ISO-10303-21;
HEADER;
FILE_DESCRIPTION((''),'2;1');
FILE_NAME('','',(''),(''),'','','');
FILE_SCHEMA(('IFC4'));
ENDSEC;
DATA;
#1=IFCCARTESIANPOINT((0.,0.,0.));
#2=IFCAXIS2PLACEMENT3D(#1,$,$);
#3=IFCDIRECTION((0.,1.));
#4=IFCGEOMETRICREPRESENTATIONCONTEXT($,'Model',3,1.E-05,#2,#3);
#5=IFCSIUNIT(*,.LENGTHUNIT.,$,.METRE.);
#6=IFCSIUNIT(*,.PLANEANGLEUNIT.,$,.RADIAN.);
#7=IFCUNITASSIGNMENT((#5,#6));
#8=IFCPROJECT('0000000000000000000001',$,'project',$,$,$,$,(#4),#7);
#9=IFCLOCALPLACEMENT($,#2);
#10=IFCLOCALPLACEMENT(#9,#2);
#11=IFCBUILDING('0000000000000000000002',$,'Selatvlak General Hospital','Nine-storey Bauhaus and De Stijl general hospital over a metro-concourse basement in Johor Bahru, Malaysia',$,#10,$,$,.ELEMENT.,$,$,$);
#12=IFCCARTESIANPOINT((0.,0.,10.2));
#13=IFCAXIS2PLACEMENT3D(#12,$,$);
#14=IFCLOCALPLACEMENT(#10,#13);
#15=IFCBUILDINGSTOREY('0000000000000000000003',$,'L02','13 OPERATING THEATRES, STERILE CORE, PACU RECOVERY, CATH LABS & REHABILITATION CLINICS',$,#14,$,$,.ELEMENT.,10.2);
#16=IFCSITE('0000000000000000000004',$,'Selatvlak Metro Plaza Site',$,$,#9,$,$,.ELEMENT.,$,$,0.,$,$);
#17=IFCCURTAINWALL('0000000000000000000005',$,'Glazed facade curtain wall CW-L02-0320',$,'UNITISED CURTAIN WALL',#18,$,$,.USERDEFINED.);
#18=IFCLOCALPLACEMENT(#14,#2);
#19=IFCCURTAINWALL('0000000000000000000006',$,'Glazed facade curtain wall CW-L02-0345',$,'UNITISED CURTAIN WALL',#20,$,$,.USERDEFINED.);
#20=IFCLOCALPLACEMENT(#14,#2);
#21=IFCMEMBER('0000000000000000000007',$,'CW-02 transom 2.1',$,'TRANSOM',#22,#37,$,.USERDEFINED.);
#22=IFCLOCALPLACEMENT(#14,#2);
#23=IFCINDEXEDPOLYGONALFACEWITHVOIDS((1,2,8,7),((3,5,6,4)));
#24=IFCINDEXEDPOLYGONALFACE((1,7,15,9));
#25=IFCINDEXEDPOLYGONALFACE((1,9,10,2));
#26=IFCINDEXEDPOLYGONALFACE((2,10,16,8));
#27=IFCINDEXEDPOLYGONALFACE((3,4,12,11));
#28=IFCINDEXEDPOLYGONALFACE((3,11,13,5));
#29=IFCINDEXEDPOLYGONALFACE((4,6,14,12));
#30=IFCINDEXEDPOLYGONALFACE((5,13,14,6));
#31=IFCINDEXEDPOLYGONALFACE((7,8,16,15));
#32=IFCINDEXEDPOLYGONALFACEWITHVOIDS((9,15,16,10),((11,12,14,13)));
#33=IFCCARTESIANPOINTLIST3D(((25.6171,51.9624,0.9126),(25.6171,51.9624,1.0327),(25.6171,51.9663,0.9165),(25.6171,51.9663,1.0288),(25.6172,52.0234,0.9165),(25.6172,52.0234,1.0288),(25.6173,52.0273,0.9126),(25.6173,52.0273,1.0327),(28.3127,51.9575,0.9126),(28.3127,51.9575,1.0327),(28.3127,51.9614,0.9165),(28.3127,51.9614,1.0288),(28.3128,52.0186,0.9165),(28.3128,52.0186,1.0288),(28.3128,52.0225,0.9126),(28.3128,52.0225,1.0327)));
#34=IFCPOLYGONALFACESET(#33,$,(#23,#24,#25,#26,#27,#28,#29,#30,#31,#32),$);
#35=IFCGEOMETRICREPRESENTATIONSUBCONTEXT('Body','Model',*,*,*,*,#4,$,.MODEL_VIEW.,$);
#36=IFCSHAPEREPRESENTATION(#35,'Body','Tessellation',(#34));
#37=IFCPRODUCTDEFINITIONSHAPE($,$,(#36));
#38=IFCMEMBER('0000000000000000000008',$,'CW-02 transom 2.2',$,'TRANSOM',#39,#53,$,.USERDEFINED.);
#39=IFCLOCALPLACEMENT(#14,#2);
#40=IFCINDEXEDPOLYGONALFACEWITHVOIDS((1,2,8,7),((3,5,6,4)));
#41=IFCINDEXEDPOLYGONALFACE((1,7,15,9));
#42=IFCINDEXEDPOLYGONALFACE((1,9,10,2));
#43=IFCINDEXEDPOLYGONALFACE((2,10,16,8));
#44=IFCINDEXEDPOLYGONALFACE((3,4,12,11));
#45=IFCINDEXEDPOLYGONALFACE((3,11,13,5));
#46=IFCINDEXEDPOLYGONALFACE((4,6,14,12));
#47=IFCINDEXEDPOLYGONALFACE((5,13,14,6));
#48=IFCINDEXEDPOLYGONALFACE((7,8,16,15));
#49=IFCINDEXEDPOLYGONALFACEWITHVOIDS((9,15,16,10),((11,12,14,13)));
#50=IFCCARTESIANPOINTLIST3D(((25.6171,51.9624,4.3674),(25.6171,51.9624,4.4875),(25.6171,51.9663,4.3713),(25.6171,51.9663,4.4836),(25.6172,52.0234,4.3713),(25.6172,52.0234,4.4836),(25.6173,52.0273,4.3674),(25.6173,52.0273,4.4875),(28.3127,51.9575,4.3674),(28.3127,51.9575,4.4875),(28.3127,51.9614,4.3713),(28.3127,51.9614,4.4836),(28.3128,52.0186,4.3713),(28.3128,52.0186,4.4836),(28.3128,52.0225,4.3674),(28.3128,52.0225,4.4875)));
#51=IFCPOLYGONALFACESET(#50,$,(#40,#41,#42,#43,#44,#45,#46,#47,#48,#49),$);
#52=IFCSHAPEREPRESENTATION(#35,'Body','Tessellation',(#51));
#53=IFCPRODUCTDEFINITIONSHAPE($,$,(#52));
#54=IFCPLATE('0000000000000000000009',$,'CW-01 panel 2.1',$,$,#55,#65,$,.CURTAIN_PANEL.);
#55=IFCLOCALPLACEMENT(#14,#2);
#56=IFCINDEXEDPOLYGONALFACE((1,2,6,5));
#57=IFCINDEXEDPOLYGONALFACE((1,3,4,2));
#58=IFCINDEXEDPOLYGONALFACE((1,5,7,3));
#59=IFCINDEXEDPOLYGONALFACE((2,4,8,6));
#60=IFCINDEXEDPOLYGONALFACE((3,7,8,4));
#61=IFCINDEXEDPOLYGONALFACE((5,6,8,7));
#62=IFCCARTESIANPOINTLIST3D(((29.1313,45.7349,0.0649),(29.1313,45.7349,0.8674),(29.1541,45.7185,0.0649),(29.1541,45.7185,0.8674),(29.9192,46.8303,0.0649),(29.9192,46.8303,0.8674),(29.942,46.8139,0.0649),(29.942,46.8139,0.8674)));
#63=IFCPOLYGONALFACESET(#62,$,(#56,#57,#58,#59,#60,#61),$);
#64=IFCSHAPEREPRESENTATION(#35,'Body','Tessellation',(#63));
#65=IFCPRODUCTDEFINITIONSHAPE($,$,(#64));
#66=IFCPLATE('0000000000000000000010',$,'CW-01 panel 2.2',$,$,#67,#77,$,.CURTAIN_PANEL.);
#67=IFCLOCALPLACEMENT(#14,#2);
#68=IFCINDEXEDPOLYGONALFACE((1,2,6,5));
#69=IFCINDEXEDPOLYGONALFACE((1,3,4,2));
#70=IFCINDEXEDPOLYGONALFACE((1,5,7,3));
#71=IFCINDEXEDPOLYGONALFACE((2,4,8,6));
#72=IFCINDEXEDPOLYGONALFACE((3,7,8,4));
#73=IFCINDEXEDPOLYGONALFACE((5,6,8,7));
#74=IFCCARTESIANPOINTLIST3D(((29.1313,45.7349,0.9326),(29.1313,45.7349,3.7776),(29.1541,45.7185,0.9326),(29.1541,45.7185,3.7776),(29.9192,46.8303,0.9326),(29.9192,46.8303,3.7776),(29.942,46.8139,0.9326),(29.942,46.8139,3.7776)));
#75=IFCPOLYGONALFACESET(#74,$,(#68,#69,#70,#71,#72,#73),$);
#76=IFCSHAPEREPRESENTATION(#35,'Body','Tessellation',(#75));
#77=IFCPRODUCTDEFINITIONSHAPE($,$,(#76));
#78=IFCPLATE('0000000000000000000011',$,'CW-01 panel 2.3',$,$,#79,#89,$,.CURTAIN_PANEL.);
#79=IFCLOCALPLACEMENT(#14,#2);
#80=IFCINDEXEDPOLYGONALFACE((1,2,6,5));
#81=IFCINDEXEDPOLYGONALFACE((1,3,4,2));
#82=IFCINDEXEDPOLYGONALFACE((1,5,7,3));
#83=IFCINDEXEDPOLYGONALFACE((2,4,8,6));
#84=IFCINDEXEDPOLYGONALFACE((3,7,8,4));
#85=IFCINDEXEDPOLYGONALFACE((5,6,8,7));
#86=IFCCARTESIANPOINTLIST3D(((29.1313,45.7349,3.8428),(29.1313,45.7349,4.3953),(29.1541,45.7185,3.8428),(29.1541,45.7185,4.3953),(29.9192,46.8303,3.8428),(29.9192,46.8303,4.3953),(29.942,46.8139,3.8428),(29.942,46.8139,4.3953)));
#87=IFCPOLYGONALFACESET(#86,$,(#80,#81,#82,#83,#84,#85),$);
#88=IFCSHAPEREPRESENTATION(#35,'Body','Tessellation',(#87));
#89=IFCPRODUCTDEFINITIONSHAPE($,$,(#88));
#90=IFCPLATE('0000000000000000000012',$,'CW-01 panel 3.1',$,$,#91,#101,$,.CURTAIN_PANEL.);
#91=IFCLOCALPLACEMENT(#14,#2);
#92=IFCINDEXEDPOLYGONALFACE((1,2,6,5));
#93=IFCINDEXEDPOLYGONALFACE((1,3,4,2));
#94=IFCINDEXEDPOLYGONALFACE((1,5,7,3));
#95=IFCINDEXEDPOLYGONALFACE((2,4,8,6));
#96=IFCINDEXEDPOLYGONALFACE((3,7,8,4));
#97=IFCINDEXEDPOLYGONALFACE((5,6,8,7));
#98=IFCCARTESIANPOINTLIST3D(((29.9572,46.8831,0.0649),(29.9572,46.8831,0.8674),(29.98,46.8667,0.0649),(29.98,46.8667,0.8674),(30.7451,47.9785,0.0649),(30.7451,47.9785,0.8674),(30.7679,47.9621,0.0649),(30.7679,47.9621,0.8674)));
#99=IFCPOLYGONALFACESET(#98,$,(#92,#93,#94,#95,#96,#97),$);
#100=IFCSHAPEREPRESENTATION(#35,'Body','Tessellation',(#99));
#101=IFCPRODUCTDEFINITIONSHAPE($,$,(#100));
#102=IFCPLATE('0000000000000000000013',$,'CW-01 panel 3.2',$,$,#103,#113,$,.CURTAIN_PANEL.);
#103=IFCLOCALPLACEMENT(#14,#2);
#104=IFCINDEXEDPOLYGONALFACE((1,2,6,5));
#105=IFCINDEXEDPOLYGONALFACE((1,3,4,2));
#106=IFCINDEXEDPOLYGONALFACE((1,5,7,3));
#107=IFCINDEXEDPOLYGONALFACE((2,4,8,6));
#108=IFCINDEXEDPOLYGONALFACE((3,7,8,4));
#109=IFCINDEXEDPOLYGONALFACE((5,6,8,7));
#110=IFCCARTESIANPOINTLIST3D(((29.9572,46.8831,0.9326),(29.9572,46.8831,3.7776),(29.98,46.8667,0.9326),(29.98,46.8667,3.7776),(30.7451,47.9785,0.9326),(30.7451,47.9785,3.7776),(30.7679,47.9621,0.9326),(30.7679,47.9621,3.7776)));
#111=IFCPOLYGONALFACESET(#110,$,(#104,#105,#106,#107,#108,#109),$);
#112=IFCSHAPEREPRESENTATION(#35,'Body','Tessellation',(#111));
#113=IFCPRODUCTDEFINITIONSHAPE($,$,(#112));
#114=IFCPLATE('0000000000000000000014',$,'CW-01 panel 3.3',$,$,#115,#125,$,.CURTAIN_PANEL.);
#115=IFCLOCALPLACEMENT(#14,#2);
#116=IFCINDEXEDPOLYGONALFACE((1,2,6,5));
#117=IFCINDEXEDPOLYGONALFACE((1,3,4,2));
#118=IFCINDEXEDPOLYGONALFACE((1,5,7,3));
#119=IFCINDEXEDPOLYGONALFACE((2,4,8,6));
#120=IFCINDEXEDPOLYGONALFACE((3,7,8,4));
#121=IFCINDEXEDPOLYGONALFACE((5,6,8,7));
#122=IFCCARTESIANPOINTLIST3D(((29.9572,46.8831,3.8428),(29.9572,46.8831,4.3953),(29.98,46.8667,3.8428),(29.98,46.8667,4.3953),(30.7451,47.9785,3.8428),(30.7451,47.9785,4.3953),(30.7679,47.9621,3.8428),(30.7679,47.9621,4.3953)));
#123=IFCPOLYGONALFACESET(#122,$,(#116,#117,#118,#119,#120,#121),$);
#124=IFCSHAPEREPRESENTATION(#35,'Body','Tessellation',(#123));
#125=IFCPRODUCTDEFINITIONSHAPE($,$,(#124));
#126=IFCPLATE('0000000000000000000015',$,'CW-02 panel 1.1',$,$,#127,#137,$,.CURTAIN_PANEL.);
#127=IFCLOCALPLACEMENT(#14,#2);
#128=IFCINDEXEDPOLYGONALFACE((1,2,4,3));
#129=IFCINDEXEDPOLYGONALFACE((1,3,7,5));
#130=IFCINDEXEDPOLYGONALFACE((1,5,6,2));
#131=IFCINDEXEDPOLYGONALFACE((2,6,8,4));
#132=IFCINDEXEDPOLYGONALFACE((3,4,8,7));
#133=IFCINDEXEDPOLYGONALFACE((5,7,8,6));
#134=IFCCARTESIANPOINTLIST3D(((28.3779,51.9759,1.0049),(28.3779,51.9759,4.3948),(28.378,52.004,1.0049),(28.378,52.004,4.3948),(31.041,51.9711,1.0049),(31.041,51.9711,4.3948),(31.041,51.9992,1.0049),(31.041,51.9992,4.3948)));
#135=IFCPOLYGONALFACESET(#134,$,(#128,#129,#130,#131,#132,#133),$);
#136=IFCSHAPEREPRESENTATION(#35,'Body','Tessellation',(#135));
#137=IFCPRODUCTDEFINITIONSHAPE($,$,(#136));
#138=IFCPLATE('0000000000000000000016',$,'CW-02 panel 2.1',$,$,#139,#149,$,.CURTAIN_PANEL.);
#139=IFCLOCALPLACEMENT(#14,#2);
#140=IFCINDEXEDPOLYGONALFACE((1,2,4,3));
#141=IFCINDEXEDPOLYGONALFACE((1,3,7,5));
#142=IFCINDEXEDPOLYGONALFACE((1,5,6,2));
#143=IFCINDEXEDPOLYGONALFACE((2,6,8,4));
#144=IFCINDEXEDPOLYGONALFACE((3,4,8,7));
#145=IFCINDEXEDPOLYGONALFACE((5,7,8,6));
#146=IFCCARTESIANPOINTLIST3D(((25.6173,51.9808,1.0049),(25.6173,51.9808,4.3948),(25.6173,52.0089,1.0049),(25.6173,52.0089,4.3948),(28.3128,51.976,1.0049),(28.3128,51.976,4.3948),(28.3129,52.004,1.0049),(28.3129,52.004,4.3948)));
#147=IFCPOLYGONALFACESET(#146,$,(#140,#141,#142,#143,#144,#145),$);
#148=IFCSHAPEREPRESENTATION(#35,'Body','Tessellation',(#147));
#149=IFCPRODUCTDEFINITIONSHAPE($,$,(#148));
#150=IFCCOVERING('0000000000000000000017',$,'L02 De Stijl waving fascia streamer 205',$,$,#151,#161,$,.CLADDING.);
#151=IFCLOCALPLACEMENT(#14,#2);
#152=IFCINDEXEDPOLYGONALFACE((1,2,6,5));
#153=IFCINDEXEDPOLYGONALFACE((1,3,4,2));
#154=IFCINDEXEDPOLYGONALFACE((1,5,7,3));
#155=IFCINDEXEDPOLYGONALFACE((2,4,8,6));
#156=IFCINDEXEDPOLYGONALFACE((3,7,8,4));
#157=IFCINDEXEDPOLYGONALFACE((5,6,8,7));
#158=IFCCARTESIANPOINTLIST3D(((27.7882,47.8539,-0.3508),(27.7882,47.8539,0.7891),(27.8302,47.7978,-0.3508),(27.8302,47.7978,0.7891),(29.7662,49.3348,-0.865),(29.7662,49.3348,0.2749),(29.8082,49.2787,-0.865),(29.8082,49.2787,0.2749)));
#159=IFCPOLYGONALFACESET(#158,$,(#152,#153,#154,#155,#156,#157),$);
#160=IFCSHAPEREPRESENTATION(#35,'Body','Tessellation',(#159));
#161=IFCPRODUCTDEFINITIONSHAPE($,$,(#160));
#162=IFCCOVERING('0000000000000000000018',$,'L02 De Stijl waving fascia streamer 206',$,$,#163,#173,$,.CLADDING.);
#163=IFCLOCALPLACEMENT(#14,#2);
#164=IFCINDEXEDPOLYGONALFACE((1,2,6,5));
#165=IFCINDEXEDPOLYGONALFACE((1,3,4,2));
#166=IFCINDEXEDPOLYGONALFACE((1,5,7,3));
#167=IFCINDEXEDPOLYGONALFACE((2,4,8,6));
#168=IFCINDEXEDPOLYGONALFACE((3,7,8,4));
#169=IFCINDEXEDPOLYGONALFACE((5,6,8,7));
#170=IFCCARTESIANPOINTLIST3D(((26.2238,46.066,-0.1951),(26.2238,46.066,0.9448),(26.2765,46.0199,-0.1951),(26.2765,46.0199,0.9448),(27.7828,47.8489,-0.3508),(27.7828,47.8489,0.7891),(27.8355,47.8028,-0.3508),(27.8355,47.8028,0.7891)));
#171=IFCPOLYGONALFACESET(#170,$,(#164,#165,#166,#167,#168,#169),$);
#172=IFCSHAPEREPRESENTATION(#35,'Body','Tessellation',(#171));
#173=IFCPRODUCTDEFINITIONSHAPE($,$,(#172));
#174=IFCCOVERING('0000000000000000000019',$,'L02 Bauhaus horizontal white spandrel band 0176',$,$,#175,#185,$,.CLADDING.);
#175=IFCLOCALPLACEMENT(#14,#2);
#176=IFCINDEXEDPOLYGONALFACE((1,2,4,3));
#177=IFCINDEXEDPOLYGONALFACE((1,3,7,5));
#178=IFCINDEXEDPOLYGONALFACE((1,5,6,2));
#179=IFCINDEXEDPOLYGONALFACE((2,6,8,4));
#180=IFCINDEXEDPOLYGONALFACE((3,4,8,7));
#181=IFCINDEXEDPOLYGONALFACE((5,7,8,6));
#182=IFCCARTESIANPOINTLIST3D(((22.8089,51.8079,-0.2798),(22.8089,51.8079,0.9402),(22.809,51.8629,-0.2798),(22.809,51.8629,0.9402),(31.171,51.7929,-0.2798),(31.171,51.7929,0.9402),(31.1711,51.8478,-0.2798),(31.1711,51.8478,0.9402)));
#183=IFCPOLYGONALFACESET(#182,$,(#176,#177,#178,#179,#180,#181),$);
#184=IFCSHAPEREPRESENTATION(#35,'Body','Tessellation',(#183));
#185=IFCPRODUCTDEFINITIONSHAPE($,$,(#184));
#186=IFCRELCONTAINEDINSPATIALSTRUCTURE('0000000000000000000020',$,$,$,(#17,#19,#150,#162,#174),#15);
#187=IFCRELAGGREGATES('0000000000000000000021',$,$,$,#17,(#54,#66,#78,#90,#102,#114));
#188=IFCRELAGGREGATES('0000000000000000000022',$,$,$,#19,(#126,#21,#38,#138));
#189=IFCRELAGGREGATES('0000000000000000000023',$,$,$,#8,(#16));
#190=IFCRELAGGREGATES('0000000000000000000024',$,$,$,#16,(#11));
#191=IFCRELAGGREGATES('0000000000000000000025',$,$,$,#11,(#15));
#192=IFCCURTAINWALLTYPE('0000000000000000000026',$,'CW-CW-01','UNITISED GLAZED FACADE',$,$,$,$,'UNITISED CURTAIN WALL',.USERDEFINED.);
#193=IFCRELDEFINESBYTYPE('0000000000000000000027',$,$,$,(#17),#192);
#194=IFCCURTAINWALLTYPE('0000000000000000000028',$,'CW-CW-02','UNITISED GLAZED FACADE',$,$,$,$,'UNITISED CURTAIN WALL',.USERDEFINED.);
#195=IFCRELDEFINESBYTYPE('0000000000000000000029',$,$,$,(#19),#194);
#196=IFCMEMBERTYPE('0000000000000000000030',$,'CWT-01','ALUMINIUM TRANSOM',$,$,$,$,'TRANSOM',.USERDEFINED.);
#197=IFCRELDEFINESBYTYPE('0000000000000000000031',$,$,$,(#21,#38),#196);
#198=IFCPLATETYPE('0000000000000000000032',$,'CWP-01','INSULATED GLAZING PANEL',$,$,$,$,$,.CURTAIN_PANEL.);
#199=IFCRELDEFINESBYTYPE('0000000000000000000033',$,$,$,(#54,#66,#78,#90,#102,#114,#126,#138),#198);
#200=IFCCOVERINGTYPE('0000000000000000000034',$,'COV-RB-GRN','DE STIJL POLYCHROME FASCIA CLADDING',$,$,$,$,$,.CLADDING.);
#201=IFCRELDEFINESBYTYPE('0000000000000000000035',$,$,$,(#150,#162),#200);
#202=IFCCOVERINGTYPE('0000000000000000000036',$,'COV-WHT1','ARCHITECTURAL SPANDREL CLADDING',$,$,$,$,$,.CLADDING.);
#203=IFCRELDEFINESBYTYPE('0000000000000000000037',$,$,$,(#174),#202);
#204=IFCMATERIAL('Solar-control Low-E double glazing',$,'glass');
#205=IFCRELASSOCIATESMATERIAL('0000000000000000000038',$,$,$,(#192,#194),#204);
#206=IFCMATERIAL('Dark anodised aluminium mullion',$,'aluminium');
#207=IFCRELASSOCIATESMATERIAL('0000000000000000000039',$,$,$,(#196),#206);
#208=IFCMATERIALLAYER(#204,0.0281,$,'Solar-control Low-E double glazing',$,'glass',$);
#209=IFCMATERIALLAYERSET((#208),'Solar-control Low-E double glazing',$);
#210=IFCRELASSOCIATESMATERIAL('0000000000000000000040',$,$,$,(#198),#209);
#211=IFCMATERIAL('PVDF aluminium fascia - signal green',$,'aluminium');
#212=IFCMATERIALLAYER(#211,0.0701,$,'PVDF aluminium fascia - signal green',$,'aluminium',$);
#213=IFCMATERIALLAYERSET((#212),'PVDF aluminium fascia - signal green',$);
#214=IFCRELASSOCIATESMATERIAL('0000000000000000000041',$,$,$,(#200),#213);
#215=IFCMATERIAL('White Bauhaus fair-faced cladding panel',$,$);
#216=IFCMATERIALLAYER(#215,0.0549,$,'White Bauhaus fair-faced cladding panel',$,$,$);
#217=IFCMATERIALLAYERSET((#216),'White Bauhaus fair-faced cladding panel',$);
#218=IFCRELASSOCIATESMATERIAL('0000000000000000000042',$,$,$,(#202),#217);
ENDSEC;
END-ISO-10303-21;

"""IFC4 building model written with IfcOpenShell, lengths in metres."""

from ifc_helpers import new_model, si_unit, direction, frame, origin, origin_2d, place, context, subcontext, project, spatial, polyline, rectangle, hollow_rectangle, outline, extrude, material, layer, layer_set, material_profile, profile_set, type_object, element, aggregate, save


model = new_model("IFC4")

# Units and contexts
model_context = context("Model", 3, precision=1e-05, world=origin(), true_north=direction((0.0, 1.0)))
body_context = subcontext(model_context, "Body", "Model", "MODEL_VIEW")
ifc_project = project(units=[si_unit("LENGTHUNIT", "METRE"), si_unit("PLANEANGLEUNIT", "RADIAN")], contexts=[model_context])

# Site, building, storey
site_placement = place(None, origin())
site = spatial("IfcSite", under=ifc_project, at=site_placement, Name="Selatvlak Metro Plaza Site", CompositionType="ELEMENT", RefElevation=0.0)
building_placement = place(site_placement, origin())
building = spatial("IfcBuilding", under=site, at=building_placement, Name="Selatvlak General Hospital", Description="Nine-storey Bauhaus and De Stijl general hospital over a metro-concourse basement in Johor Bahru, Malaysia", CompositionType="ELEMENT")
storey_placement = place(building_placement, frame((0.0, 0.0, 10.2)))
storey = spatial("IfcBuildingStorey", under=building, at=storey_placement, Name="L02", Description="13 OPERATING THEATRES, STERILE CORE, PACU RECOVERY, CATH LABS & REHABILITATION CLINICS", CompositionType="ELEMENT", Elevation=10.2)

# Curtain wall
ifc_material_1 = material(Name="Solar-control Low-E double glazing", Category="glass")
curtain_wall_type_1 = type_object("IfcCurtainWallType", Name="CW-CW-01", Description="UNITISED GLAZED FACADE", ElementType="UNITISED CURTAIN WALL", PredefinedType="USERDEFINED", material=ifc_material_1)
curtain_wall_1_placement = place(storey_placement, origin())
curtain_wall_1 = element("IfcCurtainWall", 1, at=curtain_wall_1_placement, inside=storey, type_object=curtain_wall_type_1, Name="Glazed facade curtain wall CW-L02-0320", ObjectType="UNITISED CURTAIN WALL", PredefinedType="USERDEFINED")
ifc_material_2 = material(Name="Dark anodised aluminium mullion", Category="aluminium")

# Curtain wall
curtain_wall_type_2 = type_object("IfcCurtainWallType", Name="CW-CW-02", Description="UNITISED GLAZED FACADE", ElementType="UNITISED CURTAIN WALL", PredefinedType="USERDEFINED", material=ifc_material_1)
curtain_wall_2_placement = place(storey_placement, origin())
curtain_wall_2 = element("IfcCurtainWall", 2, at=curtain_wall_2_placement, inside=storey, type_object=curtain_wall_type_2, Name="Glazed facade curtain wall CW-L02-0345", ObjectType="UNITISED CURTAIN WALL", PredefinedType="USERDEFINED")

# Members
ifc_material_profile_1 = material_profile(ifc_material_2, hollow_rectangle(XDim=0.0649, YDim=0.1201, WallThickness=0.0039, at=origin_2d()), Name="AL-TRN 65x120x4")
ifc_profile_set_1 = profile_set([ifc_material_profile_1], Name="Dark anodised aluminium mullion")
member_type_1 = type_object("IfcMemberType", Name="CWT-01", Description="ALUMINIUM TRANSOM", ElementType="TRANSOM", PredefinedType="USERDEFINED", material=ifc_profile_set_1)
member_1_placement = place(storey_placement, frame((28.3127, 51.99, 0.9727), z_axis=(-0.999998, 0.001811, 0.0), x_axis=(-0.001811, -0.999998, 0.0)))
member_1 = element("IfcMember", 3, at=member_1_placement, type_object=member_type_1, Name="CW-02 transom 2.1", ObjectType="TRANSOM", PredefinedType="USERDEFINED", context=body_context, shape_type="SweptSolid", body=[
    extrude(hollow_rectangle(XDim=0.0649, YDim=0.1201, WallThickness=0.0039, at=origin_2d()), origin(), (0.0, 0.0, 1.0), 2.6956),
])
member_2_placement = place(storey_placement, frame((28.3127, 51.99, 4.4275), z_axis=(-0.999998, 0.001811, 0.0), x_axis=(-0.001811, -0.999998, 0.0)))
member_2 = element("IfcMember", 4, at=member_2_placement, type_object=member_type_1, Name="CW-02 transom 2.2", ObjectType="TRANSOM", PredefinedType="USERDEFINED", context=body_context, shape_type="SweptSolid", body=[
    extrude(hollow_rectangle(XDim=0.0649, YDim=0.1201, WallThickness=0.0039, at=origin_2d()), origin(), (0.0, 0.0, 1.0), 2.6956),
])

# Plates
ifc_layer_1 = layer(ifc_material_1, 0.0281, Name="Solar-control Low-E double glazing", Category="glass")
ifc_layer_set_1 = layer_set([ifc_layer_1], Name="Solar-control Low-E double glazing")
plate_type = type_object("IfcPlateType", Name="CWP-01", Description="INSULATED GLAZING PANEL", PredefinedType="CURTAIN_PANEL", material=ifc_layer_set_1)
plate_1_placement = place(storey_placement, frame((29.5366, 46.2744, 0.0649), z_axis=(0.0, 0.0, 1.0), x_axis=(0.583884, 0.811837, 0.0)))
plate_1 = element("IfcPlate", 5, at=plate_1_placement, type_object=plate_type, Name="CW-01 panel 2.1", PredefinedType="CURTAIN_PANEL", context=body_context, shape_type="SweptSolid", body=[
    extrude(rectangle(XDim=1.3494, YDim=0.0281, at=origin_2d()), origin(), (0.0, 0.0, 1.0), 0.8025),
])
plate_2_placement = place(storey_placement, frame((29.5366, 46.2744, 0.9326), z_axis=(0.0, 0.0, 1.0), x_axis=(0.583884, 0.811837, 0.0)))
plate_2 = element("IfcPlate", 6, at=plate_2_placement, type_object=plate_type, Name="CW-01 panel 2.2", PredefinedType="CURTAIN_PANEL", context=body_context, shape_type="SweptSolid", body=[
    extrude(rectangle(XDim=1.3494, YDim=0.0281, at=origin_2d()), origin(), (0.0, 0.0, 1.0), 2.845),
])
plate_3_placement = place(storey_placement, frame((29.5366, 46.2744, 3.8428), z_axis=(0.0, 0.0, 1.0), x_axis=(0.583884, 0.811837, 0.0)))
plate_3 = element("IfcPlate", 7, at=plate_3_placement, type_object=plate_type, Name="CW-01 panel 2.3", PredefinedType="CURTAIN_PANEL", context=body_context, shape_type="SweptSolid", body=[
    extrude(rectangle(XDim=1.3494, YDim=0.0281, at=origin_2d()), origin(), (0.0, 0.0, 1.0), 0.5525),
])
plate_4_placement = place(storey_placement, frame((30.3625, 47.4226, 0.0649), z_axis=(0.0, 0.0, 1.0), x_axis=(0.583884, 0.811837, 0.0)))
plate_4 = element("IfcPlate", 8, at=plate_4_placement, type_object=plate_type, Name="CW-01 panel 3.1", PredefinedType="CURTAIN_PANEL", context=body_context, shape_type="SweptSolid", body=[
    extrude(rectangle(XDim=1.3494, YDim=0.0281, at=origin_2d()), origin(), (0.0, 0.0, 1.0), 0.8025),
])
plate_5_placement = place(storey_placement, frame((30.3625, 47.4226, 0.9326), z_axis=(0.0, 0.0, 1.0), x_axis=(0.583884, 0.811837, 0.0)))
plate_5 = element("IfcPlate", 9, at=plate_5_placement, type_object=plate_type, Name="CW-01 panel 3.2", PredefinedType="CURTAIN_PANEL", context=body_context, shape_type="SweptSolid", body=[
    extrude(rectangle(XDim=1.3494, YDim=0.0281, at=origin_2d()), origin(), (0.0, 0.0, 1.0), 2.845),
])
plate_6_placement = place(storey_placement, frame((30.3625, 47.4226, 3.8428), z_axis=(0.0, 0.0, 1.0), x_axis=(0.583884, 0.811837, 0.0)))
plate_6 = element("IfcPlate", 10, at=plate_6_placement, type_object=plate_type, Name="CW-01 panel 3.3", PredefinedType="CURTAIN_PANEL", context=body_context, shape_type="SweptSolid", body=[
    extrude(rectangle(XDim=1.3494, YDim=0.0281, at=origin_2d()), origin(), (0.0, 0.0, 1.0), 0.5525),
])
aggregate(curtain_wall_1, [plate_1, plate_2, plate_3, plate_4, plate_5, plate_6])
plate_7_placement = place(storey_placement, frame((29.7095, 51.9875, 1.0049), z_axis=(0.0, 0.0, 1.0), x_axis=(-0.999998, 0.001811, 0.0)))
plate_7 = element("IfcPlate", 11, at=plate_7_placement, type_object=plate_type, Name="CW-02 panel 1.1", PredefinedType="CURTAIN_PANEL", context=body_context, shape_type="SweptSolid", body=[
    extrude(rectangle(XDim=2.6631, YDim=0.0281, at=origin_2d()), origin(), (0.0, 0.0, 1.0), 3.3899),
])
plate_8_placement = place(storey_placement, frame((26.9651, 51.9924, 1.0049), z_axis=(0.0, 0.0, 1.0), x_axis=(-0.999998, 0.001811, 0.0)))
plate_8 = element("IfcPlate", 12, at=plate_8_placement, type_object=plate_type, Name="CW-02 panel 2.1", PredefinedType="CURTAIN_PANEL", context=body_context, shape_type="SweptSolid", body=[
    extrude(rectangle(XDim=2.6956, YDim=0.0281, at=origin_2d()), origin(), (0.0, 0.0, 1.0), 3.3899),
])
aggregate(curtain_wall_2, [plate_7, member_1, member_2, plate_8])

# Coverings
ifc_material_3 = material(Name="PVDF aluminium fascia - signal green", Category="aluminium")
ifc_layer_2 = layer(ifc_material_3, 0.0701, Name="PVDF aluminium fascia - signal green", Category="aluminium")
ifc_layer_set_2 = layer_set([ifc_layer_2], Name="PVDF aluminium fascia - signal green")
covering_type_1 = type_object("IfcCoveringType", Name="COV-RB-GRN", Description="DE STIJL POLYCHROME FASCIA CLADDING", PredefinedType="CLADDING", material=ifc_layer_set_2)
covering_1_placement = place(storey_placement, frame((29.7871, 49.3069, -0.865), z_axis=(0.0, 0.0, 1.0), x_axis=(-0.800498, -0.599336, 0.0)))
element("IfcCovering", 13, at=covering_1_placement, inside=storey, type_object=covering_type_1, Name="L02 De Stijl waving fascia streamer 205", PredefinedType="CLADDING", context=body_context, shape_type="SweptSolid", body=[
    extrude(outline(polyline([(0.0, 0.0), (2.4709, 0.5142), (2.4709, 1.6541), (0.0, 1.1399), (0.0, 0.0)])), frame((0.0, 0.0352, 0.0), z_axis=(0.0, -1.0, 0.0), x_axis=(1.0, 0.0, 0.0)), (0.0, 0.0, 1.0), 0.0701),
])
covering_2_placement = place(storey_placement, frame((27.8091, 47.8259, -0.3508), z_axis=(0.0, 0.0, 1.0), x_axis=(-0.658264, -0.752787, 0.0)))
element("IfcCovering", 14, at=covering_2_placement, inside=storey, type_object=covering_type_1, Name="L02 De Stijl waving fascia streamer 206", PredefinedType="CLADDING", context=body_context, shape_type="SweptSolid", body=[
    extrude(outline(polyline([(0.0, 0.0), (2.3684, 0.1558), (2.3684, 1.2957), (0.0, 1.1399), (0.0, 0.0)])), frame((0.0, 0.0352, 0.0), z_axis=(0.0, -1.0, 0.0), x_axis=(1.0, 0.0, 0.0)), (0.0, 0.0, 1.0), 0.0701),
])
ifc_material_4 = material(Name="White Bauhaus fair-faced cladding panel")
ifc_layer_3 = layer(ifc_material_4, 0.0549, Name="White Bauhaus fair-faced cladding panel")
ifc_layer_set_3 = layer_set([ifc_layer_3], Name="White Bauhaus fair-faced cladding panel")
covering_type_2 = type_object("IfcCoveringType", Name="COV-WHT1", Description="ARCHITECTURAL SPANDREL CLADDING", PredefinedType="CLADDING", material=ifc_layer_set_3)
covering_3_placement = place(storey_placement, frame((26.99, 51.8279, -0.2798), z_axis=(0.0, 0.0, 1.0), x_axis=(-0.999998, 0.001798, 0.0)))
element("IfcCovering", 15, at=covering_3_placement, inside=storey, type_object=covering_type_2, Name="L02 Bauhaus horizontal white spandrel band 0176", PredefinedType="CLADDING", context=body_context, shape_type="SweptSolid", body=[
    extrude(rectangle(XDim=8.3621, YDim=0.0549, at=origin_2d()), origin(), (0.0, 0.0, 1.0), 1.22),
])

save(model, "model.ifc")
